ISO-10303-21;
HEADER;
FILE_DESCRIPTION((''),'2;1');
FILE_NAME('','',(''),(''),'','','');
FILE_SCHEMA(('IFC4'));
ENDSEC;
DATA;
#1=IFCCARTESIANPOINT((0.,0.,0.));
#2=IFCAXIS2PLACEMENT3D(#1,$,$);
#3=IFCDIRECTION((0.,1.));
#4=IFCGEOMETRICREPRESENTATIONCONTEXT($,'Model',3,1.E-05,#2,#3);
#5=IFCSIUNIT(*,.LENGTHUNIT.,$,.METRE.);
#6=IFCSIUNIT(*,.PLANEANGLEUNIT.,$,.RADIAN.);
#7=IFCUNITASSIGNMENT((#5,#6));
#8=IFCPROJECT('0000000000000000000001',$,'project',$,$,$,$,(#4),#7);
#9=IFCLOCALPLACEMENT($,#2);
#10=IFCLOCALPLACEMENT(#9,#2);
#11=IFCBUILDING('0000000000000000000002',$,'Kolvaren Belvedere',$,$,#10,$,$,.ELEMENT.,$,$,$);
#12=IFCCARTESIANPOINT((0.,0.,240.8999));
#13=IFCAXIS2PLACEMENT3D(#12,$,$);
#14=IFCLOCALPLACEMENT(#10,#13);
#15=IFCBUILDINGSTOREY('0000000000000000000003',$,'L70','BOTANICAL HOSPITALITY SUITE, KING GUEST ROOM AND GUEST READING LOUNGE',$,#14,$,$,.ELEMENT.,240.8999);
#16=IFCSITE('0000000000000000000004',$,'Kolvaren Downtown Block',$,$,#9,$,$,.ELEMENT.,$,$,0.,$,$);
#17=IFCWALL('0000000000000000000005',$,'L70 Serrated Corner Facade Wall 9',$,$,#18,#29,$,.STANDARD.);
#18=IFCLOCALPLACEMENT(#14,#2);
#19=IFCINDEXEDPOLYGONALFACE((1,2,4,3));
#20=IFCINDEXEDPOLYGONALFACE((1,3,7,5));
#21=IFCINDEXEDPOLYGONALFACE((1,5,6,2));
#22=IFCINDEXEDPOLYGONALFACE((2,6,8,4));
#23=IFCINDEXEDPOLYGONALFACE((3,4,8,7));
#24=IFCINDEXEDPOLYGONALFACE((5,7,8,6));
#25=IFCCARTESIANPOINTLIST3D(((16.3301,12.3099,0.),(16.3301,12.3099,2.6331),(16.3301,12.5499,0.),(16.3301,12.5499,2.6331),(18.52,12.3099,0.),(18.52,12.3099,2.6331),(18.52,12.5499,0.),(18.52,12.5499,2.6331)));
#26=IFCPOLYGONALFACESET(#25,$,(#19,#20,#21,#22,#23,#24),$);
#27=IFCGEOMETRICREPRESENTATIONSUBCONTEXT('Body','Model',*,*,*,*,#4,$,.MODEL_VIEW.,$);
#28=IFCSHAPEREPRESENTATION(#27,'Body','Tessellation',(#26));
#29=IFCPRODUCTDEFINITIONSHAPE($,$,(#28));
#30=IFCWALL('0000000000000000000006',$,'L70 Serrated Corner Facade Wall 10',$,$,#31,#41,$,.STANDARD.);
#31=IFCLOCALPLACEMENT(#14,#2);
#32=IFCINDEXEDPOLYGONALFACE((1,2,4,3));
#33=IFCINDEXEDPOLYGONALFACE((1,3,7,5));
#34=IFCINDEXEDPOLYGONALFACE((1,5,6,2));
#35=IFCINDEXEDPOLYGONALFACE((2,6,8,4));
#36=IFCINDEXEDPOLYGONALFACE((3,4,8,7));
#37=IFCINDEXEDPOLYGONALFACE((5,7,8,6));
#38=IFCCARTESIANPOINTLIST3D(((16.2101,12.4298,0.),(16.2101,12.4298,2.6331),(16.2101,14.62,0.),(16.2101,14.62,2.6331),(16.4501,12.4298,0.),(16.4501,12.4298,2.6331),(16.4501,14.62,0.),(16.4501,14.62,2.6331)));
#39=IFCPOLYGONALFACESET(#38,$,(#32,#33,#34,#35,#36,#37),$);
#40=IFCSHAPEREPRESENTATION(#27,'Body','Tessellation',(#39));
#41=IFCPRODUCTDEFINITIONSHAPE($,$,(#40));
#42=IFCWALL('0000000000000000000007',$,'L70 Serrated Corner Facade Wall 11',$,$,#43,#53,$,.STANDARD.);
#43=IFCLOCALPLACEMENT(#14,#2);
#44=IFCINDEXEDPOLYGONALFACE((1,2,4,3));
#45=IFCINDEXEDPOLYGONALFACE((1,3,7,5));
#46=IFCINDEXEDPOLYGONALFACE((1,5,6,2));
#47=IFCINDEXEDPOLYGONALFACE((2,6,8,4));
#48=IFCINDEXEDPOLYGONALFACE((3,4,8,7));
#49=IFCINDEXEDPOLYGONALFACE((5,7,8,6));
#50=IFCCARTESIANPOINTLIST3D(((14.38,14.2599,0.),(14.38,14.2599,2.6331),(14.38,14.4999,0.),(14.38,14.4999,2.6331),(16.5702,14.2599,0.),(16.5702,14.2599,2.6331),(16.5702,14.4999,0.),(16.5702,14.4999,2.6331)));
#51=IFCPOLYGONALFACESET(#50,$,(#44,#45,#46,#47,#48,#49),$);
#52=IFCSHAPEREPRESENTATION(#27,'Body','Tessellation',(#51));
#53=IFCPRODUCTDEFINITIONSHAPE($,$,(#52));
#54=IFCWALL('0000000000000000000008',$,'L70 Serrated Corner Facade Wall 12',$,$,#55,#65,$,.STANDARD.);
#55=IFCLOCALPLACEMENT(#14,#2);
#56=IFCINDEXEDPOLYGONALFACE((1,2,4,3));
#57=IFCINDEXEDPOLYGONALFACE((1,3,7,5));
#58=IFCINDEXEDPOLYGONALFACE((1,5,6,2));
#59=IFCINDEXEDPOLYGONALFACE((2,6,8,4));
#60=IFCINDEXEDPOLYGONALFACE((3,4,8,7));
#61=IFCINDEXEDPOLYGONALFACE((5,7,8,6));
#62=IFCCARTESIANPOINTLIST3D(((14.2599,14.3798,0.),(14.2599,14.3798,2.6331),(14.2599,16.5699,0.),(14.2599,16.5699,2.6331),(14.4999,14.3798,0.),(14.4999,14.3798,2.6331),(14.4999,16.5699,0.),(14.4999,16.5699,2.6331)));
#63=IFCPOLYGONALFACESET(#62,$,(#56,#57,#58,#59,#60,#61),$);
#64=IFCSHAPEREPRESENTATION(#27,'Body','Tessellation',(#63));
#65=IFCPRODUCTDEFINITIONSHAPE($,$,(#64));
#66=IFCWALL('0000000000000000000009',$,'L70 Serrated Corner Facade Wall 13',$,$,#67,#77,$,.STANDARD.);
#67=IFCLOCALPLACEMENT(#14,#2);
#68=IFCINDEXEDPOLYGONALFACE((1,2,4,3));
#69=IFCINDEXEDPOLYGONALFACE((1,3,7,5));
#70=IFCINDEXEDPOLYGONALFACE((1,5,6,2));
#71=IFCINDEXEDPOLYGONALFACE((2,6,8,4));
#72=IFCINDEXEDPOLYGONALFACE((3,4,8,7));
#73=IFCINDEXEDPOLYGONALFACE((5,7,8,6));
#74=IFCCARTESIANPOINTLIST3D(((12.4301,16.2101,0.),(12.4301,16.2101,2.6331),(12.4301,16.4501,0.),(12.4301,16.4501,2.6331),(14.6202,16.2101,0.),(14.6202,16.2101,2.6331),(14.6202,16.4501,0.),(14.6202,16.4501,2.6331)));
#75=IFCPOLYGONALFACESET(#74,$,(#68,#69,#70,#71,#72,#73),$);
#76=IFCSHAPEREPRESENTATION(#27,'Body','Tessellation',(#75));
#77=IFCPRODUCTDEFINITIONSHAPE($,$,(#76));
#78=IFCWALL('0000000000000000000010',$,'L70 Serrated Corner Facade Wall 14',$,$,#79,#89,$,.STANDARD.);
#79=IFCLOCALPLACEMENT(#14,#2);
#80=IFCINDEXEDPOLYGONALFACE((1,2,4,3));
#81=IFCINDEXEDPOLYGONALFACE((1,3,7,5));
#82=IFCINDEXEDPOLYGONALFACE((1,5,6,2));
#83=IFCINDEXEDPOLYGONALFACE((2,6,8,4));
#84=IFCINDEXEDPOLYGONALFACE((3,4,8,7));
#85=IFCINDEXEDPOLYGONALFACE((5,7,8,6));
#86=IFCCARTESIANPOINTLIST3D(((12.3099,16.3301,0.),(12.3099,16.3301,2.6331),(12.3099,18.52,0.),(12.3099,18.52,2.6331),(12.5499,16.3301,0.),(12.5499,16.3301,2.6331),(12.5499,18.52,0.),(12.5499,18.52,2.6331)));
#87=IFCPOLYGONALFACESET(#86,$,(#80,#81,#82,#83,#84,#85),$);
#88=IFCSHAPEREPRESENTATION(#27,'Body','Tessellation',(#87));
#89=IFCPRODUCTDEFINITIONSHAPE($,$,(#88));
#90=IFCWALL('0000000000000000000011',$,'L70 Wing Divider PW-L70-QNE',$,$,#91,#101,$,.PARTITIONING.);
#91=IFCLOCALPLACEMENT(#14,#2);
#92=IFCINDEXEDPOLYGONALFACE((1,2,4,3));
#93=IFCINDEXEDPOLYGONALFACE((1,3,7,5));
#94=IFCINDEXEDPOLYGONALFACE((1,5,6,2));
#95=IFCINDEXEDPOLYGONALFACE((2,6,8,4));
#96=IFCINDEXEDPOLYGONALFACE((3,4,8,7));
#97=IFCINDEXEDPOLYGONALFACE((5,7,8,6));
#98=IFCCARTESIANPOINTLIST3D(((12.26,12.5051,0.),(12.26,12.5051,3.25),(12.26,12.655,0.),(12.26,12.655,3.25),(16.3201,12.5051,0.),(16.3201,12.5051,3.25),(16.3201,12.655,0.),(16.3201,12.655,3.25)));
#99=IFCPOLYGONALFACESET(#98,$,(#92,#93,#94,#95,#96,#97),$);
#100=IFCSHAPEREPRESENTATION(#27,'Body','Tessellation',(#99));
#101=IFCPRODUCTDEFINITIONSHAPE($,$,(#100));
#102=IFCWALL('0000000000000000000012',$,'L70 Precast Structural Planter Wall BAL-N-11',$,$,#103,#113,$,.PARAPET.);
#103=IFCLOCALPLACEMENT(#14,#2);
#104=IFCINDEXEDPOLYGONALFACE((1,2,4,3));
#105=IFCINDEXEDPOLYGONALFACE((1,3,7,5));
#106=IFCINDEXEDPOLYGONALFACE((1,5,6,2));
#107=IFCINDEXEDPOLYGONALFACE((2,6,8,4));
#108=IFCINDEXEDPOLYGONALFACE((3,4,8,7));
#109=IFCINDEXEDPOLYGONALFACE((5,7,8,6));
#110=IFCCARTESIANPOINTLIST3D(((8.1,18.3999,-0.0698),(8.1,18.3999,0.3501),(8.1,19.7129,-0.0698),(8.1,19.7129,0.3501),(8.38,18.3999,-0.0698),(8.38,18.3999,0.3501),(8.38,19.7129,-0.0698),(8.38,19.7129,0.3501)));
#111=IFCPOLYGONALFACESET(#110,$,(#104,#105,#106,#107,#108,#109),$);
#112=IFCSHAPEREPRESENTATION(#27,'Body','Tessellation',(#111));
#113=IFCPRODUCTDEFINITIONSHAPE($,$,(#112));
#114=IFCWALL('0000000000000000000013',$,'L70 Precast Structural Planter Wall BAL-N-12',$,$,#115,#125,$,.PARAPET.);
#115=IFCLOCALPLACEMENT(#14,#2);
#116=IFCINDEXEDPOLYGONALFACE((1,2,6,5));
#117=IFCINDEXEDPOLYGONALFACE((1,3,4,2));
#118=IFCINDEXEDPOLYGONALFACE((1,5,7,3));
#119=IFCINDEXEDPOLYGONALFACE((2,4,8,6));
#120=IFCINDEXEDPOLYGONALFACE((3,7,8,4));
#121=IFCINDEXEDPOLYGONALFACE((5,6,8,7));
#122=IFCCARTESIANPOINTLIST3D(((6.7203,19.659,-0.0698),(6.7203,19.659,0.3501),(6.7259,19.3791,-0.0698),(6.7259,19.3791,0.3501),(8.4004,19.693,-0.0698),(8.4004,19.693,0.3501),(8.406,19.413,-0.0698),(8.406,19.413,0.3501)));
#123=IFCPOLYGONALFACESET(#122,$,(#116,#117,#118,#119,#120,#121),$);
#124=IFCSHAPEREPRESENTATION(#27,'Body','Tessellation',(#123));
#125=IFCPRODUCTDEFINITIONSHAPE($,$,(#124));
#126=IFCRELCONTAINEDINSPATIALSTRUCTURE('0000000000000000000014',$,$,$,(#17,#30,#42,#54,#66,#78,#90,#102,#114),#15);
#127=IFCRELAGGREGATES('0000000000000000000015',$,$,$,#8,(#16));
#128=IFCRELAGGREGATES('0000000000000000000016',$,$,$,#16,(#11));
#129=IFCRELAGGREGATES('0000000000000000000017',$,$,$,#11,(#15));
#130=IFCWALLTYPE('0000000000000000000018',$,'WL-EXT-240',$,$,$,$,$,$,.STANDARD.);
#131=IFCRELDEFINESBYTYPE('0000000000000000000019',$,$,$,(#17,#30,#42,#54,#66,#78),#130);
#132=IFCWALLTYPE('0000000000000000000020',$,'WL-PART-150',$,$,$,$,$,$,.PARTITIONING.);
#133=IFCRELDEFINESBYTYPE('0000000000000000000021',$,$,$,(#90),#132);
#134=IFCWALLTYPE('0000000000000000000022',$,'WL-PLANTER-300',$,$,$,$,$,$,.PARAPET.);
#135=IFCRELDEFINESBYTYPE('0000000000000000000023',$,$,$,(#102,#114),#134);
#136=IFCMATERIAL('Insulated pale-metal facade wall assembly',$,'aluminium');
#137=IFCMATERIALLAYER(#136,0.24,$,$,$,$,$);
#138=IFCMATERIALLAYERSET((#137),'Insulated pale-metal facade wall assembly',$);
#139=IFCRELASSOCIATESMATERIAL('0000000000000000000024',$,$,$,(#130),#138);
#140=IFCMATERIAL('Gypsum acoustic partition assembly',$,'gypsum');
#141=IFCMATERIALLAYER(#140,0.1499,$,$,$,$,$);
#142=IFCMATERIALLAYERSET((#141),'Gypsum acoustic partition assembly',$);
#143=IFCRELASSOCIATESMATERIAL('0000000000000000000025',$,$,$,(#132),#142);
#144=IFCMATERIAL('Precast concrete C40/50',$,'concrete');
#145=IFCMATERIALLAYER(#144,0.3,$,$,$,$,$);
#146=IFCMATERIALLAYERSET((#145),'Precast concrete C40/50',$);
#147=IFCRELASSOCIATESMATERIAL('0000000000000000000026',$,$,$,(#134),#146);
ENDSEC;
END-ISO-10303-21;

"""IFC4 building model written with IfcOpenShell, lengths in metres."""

from ifc_helpers import new_model, si_unit, direction, frame, frame_2d, origin, place, context, subcontext, project, spatial, rectangle, extrude, material, layer, layer_set, type_object, element, save


model = new_model("IFC4")

# Units and contexts
model_context = context("Model", 3, precision=1e-05, world=origin(), true_north=direction((0.0, 1.0)))
body_context = subcontext(model_context, "Body", "Model", "MODEL_VIEW")
ifc_project = project(units=[si_unit("LENGTHUNIT", "METRE"), si_unit("PLANEANGLEUNIT", "RADIAN")], contexts=[model_context])

# Site, building, storey
site_placement = place(None, origin())
site = spatial("IfcSite", under=ifc_project, at=site_placement, Name="Kolvaren Downtown Block", CompositionType="ELEMENT", RefElevation=0.0)
building_placement = place(site_placement, origin())
building = spatial("IfcBuilding", under=site, at=building_placement, Name="Kolvaren Belvedere", CompositionType="ELEMENT")
storey_placement = place(building_placement, frame((0.0, 0.0, 240.8999)))
storey = spatial("IfcBuildingStorey", under=building, at=storey_placement, Name="L70", Description="BOTANICAL HOSPITALITY SUITE, KING GUEST ROOM AND GUEST READING LOUNGE", CompositionType="ELEMENT", Elevation=240.8999)

# Walls
ifc_material_1 = material(Name="Insulated pale-metal facade wall assembly", Category="aluminium")
ifc_layer_1 = layer(ifc_material_1, 0.24)
ifc_layer_set_1 = layer_set([ifc_layer_1], Name="Insulated pale-metal facade wall assembly")
wall_type_1 = type_object("IfcWallType", Name="WL-EXT-240", PredefinedType="STANDARD", material=ifc_layer_set_1)
wall_1_placement = place(storey_placement, frame((16.3301, 12.4299, 0.0), z_axis=(0.0, 0.0, 1.0), x_axis=(1.0, 0.0, 0.0)))
element("IfcWall", 1, at=wall_1_placement, inside=storey, type_object=wall_type_1, Name="L70 Serrated Corner Facade Wall 9", PredefinedType="STANDARD", context=body_context, shape_type="SweptSolid", body=[
    extrude(rectangle(XDim=2.1899, YDim=0.24, at=frame_2d((1.095, 0.0))), origin(), (0.0, 0.0, 1.0), 2.6331),
])
for number, where, z_axis, x_axis, name in (
    (2, (16.3301, 14.6201, 0.0), (0.0, 0.0, 1.0), (0.0, -1.0, 0.0), "L70 Serrated Corner Facade Wall 10"),
    (3, (14.3799, 14.3799, 0.0), (0.0, 0.0, 1.0), (1.0, 0.0, 0.0), "L70 Serrated Corner Facade Wall 11"),
    (4, (14.3799, 16.5701, 0.0), (0.0, 0.0, 1.0), (0.0, -1.0, 0.0), "L70 Serrated Corner Facade Wall 12"),
    (5, (12.4299, 16.3301, 0.0), (0.0, 0.0, 1.0), (1.0, 0.0, 0.0), "L70 Serrated Corner Facade Wall 13"),
):
    element("IfcWall", number, at=place(storey_placement, frame(where, z_axis=z_axis, x_axis=x_axis)), inside=storey, type_object=wall_type_1, Name=name, PredefinedType="STANDARD", context=body_context, shape_type="SweptSolid", body=[
        extrude(rectangle(XDim=2.1902, YDim=0.24, at=frame_2d((1.0952, 0.0))), origin(), (0.0, 0.0, 1.0), 2.6331),
    ])
wall_2_placement = place(storey_placement, frame((12.4299, 18.52, 0.0), z_axis=(0.0, 0.0, 1.0), x_axis=(0.0, -1.0, 0.0)))
element("IfcWall", 6, at=wall_2_placement, inside=storey, type_object=wall_type_1, Name="L70 Serrated Corner Facade Wall 14", PredefinedType="STANDARD", context=body_context, shape_type="SweptSolid", body=[
    extrude(rectangle(XDim=2.1899, YDim=0.24, at=frame_2d((1.095, 0.0))), origin(), (0.0, 0.0, 1.0), 2.6331),
])
ifc_material_2 = material(Name="Gypsum acoustic partition assembly", Category="gypsum")
ifc_layer_2 = layer(ifc_material_2, 0.1499)
ifc_layer_set_2 = layer_set([ifc_layer_2], Name="Gypsum acoustic partition assembly")
wall_type_2 = type_object("IfcWallType", Name="WL-PART-150", PredefinedType="PARTITIONING", material=ifc_layer_set_2)
wall_3_placement = place(storey_placement, frame((12.26, 12.5801, 0.0), z_axis=(0.0, 0.0, 1.0), x_axis=(1.0, 0.0, 0.0)))
element("IfcWall", 7, at=wall_3_placement, inside=storey, type_object=wall_type_2, Name="L70 Wing Divider PW-L70-QNE", PredefinedType="PARTITIONING", context=body_context, shape_type="SweptSolid", body=[
    extrude(rectangle(XDim=4.0601, YDim=0.1499, at=frame_2d((2.03, 0.0))), origin(), (0.0, 0.0, 1.0), 3.25),
])
ifc_material_3 = material(Name="Precast concrete C40/50", Category="concrete")
ifc_layer_3 = layer(ifc_material_3, 0.3)
ifc_layer_set_3 = layer_set([ifc_layer_3], Name="Precast concrete C40/50")
wall_type_3 = type_object("IfcWallType", Name="WL-PLANTER-300", PredefinedType="PARAPET", material=ifc_layer_set_3)
wall_4_placement = place(storey_placement, frame((8.24, 18.3999, -0.0698), z_axis=(0.0, 0.0, 1.0), x_axis=(0.0, 1.0, 0.0)))
element("IfcWall", 8, at=wall_4_placement, inside=storey, type_object=wall_type_3, Name="L70 Precast Structural Planter Wall BAL-N-11", PredefinedType="PARAPET", context=body_context, shape_type="SweptSolid", body=[
    extrude(rectangle(XDim=1.313, YDim=0.28, at=frame_2d((0.6565, 0.0))), origin(), (0.0, 0.0, 1.0), 0.4199),
])
wall_5_placement = place(storey_placement, frame((8.4033, 19.553, -0.0698), z_axis=(0.0, 0.0, 1.0), x_axis=(-0.999796, -0.020193, 0.0)))
element("IfcWall", 9, at=wall_5_placement, inside=storey, type_object=wall_type_3, Name="L70 Precast Structural Planter Wall BAL-N-12", PredefinedType="PARAPET", context=body_context, shape_type="SweptSolid", body=[
    extrude(rectangle(XDim=1.6804, YDim=0.28, at=frame_2d((0.8403, 0.0))), origin(), (0.0, 0.0, 1.0), 0.4199),
])

save(model, "model.ifc")
